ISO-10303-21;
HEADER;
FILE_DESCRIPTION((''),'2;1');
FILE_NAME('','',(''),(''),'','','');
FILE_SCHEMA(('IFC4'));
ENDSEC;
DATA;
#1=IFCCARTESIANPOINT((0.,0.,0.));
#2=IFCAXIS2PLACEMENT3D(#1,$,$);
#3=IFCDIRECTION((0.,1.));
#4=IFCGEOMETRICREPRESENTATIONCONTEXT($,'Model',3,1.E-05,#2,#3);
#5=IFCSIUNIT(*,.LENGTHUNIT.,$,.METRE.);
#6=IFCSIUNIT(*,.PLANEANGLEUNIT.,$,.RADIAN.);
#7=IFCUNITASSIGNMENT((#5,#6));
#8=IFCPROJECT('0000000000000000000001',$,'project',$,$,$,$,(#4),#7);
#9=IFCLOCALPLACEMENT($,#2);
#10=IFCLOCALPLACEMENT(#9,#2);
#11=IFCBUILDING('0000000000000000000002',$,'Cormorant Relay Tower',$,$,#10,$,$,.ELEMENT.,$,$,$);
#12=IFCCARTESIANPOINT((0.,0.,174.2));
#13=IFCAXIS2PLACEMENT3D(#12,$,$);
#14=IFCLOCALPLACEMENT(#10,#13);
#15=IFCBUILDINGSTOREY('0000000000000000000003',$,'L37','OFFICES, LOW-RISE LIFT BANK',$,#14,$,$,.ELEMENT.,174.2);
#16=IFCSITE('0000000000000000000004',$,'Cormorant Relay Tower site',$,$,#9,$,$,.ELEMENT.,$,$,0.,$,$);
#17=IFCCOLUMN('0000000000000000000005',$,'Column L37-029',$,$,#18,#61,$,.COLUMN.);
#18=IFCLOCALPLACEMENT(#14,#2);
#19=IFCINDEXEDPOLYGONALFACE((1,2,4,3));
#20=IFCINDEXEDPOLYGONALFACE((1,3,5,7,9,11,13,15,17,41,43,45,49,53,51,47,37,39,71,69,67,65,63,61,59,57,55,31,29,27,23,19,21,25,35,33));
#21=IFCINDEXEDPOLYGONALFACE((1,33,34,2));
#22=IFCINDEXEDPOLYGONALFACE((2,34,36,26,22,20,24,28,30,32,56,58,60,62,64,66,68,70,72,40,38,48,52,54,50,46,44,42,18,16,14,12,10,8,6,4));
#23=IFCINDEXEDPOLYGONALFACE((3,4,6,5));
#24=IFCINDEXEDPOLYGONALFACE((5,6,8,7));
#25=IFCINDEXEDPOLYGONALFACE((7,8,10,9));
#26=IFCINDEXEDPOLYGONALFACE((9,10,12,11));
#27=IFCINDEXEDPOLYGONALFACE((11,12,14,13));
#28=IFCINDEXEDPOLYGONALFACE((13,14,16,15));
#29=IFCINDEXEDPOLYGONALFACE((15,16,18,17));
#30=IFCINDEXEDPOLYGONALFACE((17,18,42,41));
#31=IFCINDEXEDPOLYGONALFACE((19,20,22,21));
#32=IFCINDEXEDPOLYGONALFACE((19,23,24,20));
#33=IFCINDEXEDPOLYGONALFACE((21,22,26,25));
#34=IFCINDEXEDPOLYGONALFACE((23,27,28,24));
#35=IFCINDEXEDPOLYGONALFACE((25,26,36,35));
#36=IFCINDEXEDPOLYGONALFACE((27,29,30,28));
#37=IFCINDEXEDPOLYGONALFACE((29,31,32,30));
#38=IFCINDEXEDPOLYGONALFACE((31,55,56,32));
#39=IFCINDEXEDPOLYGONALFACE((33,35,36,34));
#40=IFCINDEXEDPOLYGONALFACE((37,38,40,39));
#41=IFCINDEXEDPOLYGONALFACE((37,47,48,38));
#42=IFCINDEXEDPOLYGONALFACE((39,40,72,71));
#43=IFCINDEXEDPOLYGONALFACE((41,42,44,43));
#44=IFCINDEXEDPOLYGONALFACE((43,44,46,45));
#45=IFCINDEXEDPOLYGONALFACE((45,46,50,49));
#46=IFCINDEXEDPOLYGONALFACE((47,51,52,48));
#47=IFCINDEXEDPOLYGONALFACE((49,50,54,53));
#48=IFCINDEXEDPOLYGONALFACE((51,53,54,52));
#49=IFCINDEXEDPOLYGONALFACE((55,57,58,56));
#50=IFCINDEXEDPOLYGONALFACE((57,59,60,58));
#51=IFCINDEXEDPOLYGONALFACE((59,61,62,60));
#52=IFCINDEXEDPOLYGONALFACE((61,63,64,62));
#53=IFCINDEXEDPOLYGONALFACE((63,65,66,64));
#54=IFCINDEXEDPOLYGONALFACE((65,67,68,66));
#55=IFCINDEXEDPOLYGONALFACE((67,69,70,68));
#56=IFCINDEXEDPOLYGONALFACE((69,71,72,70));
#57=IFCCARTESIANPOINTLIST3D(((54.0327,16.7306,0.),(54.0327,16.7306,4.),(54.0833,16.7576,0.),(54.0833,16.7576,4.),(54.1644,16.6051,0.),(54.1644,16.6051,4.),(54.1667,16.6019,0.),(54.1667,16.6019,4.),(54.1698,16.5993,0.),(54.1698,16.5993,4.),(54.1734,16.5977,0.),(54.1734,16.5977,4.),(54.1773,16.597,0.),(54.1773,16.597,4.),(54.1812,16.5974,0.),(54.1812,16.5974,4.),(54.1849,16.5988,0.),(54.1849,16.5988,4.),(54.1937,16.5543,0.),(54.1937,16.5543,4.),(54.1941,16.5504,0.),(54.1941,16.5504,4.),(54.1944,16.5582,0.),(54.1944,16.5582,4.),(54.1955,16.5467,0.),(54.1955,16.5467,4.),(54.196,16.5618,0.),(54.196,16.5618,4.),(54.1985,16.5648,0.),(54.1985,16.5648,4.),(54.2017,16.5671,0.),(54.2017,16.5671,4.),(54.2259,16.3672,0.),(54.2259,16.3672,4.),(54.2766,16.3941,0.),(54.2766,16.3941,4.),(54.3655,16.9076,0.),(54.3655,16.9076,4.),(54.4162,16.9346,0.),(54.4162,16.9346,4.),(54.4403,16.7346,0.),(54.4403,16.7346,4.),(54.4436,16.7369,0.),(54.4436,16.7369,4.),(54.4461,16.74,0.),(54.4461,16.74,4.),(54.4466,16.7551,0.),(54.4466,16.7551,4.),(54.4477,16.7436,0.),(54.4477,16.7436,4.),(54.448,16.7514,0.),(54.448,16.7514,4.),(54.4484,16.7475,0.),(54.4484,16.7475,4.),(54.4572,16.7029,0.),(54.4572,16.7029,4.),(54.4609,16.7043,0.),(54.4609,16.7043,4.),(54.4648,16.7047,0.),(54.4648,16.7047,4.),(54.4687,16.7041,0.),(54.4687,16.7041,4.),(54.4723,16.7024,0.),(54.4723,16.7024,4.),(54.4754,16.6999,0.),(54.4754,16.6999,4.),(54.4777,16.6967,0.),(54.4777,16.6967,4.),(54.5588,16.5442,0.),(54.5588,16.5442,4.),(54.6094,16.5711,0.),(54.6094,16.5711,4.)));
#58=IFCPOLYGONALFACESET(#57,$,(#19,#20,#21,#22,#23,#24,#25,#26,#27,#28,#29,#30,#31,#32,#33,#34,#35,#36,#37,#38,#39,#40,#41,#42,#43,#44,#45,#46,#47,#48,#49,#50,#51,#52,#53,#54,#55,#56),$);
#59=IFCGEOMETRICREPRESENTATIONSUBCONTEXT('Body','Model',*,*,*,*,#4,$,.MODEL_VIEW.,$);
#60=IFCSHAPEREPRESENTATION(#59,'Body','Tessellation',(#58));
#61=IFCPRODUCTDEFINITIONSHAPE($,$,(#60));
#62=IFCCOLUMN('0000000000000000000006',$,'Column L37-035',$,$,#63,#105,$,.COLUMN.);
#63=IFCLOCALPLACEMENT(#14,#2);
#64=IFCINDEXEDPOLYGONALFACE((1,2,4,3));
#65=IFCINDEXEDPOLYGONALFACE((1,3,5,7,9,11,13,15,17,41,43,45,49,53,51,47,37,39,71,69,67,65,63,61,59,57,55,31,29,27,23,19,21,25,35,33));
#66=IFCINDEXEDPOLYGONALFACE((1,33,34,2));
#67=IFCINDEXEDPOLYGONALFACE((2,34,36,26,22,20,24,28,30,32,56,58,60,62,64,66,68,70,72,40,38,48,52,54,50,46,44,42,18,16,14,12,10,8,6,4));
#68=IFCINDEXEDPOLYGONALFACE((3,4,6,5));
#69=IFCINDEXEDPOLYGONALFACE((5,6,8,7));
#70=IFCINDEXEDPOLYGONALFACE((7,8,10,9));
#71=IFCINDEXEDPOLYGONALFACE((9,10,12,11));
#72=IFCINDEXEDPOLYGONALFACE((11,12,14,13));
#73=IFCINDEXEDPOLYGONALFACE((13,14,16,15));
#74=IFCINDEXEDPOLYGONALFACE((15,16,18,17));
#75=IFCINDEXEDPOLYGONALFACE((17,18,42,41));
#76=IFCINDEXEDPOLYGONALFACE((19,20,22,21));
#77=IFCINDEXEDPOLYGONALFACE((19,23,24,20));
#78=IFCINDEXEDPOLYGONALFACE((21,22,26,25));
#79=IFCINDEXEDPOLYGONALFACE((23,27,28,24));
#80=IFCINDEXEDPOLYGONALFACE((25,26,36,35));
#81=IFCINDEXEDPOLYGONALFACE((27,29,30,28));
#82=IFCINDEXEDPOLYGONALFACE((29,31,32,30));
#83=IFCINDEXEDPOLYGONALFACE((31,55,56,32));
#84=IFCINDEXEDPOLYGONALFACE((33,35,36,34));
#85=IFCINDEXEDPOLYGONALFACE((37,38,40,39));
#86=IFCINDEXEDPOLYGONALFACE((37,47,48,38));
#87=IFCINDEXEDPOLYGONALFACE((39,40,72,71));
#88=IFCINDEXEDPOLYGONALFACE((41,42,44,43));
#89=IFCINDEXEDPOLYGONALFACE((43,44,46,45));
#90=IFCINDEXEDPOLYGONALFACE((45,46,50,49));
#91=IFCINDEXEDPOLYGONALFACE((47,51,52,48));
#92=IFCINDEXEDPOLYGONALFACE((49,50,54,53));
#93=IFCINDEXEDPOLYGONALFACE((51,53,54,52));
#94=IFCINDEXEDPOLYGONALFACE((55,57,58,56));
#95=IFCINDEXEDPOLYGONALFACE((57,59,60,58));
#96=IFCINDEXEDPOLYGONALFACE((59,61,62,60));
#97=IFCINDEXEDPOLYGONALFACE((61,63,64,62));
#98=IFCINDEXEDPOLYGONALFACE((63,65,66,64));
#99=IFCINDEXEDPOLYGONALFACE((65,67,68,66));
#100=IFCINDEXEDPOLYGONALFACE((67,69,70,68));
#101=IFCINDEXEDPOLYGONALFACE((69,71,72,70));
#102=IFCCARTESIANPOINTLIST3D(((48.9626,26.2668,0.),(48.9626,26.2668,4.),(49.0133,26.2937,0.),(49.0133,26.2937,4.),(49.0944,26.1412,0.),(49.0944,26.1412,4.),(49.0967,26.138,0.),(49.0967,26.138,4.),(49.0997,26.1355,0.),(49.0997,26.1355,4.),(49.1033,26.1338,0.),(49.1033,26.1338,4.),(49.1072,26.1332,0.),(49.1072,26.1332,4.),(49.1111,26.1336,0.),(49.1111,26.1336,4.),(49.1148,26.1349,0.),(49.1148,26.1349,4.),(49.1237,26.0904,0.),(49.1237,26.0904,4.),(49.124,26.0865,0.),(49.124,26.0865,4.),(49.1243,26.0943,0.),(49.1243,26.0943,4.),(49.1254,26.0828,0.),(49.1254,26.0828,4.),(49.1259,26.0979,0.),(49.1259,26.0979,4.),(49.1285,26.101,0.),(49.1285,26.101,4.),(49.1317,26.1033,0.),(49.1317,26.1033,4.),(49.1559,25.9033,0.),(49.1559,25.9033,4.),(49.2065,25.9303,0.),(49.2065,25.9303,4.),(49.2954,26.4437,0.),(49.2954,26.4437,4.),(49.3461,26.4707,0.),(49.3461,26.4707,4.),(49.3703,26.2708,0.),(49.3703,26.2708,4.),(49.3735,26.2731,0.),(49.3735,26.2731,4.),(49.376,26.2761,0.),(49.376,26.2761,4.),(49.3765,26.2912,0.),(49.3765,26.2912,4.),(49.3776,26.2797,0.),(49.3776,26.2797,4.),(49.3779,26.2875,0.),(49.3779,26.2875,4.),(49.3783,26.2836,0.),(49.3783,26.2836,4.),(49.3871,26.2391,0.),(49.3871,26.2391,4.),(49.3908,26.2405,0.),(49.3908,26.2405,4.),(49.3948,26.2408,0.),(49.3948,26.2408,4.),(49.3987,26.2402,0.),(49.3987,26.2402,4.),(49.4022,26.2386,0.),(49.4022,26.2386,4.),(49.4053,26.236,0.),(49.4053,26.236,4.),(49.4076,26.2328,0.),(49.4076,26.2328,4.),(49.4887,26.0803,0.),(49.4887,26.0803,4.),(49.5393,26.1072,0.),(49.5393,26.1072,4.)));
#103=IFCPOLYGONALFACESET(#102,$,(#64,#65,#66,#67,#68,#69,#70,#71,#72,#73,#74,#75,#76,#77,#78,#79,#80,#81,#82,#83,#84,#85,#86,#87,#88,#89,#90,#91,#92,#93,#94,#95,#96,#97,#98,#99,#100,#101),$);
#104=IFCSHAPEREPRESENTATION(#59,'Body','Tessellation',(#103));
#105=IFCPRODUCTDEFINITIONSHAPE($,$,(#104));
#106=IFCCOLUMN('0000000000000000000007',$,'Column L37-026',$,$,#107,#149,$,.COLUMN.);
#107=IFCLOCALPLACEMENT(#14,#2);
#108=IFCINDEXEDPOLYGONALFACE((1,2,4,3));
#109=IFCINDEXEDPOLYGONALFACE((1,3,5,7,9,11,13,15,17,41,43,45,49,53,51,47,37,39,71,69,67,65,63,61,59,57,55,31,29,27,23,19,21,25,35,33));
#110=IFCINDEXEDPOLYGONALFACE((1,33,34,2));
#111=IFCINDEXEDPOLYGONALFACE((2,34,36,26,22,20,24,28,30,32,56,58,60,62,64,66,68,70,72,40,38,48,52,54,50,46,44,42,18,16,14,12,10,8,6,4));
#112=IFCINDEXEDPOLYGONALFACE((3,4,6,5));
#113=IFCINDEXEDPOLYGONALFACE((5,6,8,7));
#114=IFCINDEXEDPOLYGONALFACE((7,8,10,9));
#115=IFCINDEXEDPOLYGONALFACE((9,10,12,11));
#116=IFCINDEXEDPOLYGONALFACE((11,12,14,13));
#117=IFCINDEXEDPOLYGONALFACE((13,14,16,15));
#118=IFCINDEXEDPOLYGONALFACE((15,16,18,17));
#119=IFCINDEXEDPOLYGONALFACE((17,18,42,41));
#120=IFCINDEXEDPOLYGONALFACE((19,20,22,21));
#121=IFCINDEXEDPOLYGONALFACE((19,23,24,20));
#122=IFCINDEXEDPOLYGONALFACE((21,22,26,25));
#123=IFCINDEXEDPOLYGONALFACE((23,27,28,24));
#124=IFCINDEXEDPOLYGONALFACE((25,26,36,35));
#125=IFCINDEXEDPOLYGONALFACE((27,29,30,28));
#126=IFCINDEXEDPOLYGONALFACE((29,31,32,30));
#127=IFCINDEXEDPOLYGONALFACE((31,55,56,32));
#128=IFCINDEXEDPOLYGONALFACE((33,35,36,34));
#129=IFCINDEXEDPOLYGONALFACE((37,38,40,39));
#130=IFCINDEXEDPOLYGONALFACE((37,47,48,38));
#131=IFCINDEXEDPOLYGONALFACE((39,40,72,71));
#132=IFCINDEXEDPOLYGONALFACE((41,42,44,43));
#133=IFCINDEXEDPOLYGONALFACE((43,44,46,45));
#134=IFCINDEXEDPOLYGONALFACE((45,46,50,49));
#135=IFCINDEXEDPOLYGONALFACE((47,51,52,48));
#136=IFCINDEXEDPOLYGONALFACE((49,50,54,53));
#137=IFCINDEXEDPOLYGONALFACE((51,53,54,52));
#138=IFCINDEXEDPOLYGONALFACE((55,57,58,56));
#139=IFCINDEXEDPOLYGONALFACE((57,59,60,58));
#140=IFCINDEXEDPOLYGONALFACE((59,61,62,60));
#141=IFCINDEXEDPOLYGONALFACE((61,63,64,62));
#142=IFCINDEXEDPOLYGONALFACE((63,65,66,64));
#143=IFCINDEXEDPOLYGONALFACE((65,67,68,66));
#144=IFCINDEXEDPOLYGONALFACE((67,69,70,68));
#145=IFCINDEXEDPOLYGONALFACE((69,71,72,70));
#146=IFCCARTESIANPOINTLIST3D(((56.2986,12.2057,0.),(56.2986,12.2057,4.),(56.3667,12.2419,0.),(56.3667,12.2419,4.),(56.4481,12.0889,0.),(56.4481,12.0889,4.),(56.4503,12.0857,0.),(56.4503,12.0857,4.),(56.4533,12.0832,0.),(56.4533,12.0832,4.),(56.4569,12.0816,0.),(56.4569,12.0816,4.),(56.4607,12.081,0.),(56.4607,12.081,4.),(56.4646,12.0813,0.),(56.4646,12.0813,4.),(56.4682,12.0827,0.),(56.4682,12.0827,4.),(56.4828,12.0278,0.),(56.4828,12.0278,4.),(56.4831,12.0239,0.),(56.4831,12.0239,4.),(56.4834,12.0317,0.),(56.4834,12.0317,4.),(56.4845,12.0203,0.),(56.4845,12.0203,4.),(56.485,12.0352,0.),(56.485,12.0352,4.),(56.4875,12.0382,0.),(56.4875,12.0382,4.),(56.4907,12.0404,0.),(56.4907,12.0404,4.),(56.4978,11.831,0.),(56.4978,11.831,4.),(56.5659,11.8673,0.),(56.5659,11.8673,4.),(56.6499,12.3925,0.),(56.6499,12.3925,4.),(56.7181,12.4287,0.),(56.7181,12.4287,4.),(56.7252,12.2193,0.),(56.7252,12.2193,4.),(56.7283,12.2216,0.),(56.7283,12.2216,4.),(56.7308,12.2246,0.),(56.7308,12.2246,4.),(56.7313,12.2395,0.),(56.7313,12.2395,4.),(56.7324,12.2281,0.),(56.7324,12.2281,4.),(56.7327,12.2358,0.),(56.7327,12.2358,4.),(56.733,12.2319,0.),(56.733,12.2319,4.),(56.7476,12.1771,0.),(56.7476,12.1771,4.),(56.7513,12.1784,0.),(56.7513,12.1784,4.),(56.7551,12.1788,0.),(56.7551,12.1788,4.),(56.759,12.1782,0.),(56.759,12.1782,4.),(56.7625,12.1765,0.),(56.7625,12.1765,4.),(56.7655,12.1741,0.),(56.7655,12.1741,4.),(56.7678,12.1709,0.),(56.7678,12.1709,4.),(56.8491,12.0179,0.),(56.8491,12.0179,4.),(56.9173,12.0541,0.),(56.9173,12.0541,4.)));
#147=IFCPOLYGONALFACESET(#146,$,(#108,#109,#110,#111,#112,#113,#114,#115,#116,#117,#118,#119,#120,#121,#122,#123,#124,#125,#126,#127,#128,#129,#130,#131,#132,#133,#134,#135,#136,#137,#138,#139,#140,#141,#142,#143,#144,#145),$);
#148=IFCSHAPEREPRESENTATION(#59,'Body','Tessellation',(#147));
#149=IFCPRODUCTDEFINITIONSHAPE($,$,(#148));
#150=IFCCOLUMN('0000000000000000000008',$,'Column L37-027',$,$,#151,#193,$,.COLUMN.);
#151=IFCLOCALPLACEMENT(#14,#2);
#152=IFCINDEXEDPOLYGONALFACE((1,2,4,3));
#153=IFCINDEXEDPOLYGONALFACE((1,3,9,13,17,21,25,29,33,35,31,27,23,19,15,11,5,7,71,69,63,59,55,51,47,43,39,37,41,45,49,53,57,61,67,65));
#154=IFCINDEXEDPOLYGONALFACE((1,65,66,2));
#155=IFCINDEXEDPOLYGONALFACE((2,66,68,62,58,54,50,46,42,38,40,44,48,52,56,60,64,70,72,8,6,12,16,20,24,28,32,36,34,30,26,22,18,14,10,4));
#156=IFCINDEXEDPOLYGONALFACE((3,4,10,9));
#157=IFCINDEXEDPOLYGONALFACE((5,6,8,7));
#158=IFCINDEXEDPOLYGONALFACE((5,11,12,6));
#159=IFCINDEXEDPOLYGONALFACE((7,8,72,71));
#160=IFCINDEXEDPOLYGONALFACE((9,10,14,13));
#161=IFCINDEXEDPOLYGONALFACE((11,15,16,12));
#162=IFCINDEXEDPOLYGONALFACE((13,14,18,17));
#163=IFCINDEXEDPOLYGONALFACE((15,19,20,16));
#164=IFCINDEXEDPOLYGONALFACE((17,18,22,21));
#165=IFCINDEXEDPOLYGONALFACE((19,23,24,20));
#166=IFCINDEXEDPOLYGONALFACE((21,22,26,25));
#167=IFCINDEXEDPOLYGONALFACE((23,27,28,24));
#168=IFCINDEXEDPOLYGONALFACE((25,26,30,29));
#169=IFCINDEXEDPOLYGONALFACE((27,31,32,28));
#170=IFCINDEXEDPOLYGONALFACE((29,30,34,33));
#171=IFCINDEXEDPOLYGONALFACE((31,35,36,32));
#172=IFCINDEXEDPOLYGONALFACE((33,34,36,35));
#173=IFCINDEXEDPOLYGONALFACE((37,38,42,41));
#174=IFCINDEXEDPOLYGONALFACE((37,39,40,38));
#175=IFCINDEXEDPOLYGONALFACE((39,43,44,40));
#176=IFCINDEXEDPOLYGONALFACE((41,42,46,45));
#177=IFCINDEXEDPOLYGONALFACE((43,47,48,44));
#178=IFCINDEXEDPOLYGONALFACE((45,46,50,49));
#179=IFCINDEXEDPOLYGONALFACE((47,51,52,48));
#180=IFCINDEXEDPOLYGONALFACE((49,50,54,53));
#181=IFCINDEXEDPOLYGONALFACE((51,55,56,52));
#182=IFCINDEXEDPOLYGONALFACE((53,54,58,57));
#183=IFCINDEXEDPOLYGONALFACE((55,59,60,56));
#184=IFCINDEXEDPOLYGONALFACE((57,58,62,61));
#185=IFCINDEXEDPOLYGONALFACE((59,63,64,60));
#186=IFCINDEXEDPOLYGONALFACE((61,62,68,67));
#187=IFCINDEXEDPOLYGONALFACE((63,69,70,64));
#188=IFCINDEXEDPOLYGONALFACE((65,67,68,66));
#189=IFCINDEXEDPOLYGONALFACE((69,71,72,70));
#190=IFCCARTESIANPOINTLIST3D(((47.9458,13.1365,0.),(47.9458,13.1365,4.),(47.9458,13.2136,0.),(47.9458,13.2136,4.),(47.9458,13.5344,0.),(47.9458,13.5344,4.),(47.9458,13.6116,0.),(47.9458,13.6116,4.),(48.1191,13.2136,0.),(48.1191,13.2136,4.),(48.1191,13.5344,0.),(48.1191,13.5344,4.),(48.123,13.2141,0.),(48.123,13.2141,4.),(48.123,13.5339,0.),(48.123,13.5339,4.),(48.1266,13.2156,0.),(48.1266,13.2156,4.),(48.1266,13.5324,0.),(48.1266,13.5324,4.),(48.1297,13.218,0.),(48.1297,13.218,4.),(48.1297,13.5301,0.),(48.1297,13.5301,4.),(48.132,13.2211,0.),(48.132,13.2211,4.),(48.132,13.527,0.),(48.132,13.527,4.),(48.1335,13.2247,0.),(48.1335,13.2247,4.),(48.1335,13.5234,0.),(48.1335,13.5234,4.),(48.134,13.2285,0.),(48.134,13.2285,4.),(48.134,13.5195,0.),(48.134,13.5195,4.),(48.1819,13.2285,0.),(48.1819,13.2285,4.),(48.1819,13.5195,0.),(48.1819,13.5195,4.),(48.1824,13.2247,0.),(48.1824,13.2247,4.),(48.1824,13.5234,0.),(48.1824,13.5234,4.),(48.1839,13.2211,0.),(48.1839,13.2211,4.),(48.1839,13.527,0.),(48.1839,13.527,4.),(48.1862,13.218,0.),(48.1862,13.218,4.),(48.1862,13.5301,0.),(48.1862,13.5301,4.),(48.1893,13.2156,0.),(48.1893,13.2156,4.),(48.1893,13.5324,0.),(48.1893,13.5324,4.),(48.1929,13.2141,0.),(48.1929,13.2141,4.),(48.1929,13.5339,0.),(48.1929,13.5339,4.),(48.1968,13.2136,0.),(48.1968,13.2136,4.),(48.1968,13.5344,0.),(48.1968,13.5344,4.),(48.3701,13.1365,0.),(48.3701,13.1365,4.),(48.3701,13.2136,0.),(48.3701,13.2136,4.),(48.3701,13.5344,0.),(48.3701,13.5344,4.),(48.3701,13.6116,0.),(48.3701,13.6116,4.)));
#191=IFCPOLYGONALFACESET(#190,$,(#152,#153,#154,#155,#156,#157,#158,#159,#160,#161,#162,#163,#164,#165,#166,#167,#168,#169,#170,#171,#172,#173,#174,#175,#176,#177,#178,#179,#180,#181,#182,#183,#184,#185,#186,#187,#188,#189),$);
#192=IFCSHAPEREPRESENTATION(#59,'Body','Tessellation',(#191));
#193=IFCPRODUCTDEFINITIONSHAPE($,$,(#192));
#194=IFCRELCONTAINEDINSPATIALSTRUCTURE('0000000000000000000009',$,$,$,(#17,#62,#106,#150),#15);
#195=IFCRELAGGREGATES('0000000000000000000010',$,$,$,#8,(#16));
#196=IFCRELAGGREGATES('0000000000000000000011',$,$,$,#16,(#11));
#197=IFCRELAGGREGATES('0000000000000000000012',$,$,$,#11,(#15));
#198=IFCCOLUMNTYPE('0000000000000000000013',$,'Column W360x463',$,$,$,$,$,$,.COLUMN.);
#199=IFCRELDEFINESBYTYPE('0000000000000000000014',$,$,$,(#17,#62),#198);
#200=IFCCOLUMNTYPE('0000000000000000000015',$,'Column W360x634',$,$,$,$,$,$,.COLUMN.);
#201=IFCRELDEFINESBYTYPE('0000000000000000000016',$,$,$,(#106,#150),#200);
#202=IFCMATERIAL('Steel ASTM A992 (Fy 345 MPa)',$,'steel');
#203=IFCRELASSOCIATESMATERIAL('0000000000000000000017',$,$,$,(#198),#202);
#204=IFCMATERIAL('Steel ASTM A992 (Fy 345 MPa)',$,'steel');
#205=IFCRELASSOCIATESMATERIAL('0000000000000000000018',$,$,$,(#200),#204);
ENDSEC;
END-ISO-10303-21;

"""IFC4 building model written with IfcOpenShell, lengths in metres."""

from ifc_helpers import new_model, si_unit, direction, frame, origin, origin_2d, place, context, subcontext, project, spatial, i_section, extrude, material, material_profile, profile_set, type_object, element, save


model = new_model("IFC4")

# Units and contexts
model_context = context("Model", 3, precision=1e-05, world=origin(), true_north=direction((0.0, 1.0)))
body_context = subcontext(model_context, "Body", "Model", "MODEL_VIEW")
ifc_project = project(units=[si_unit("LENGTHUNIT", "METRE"), si_unit("PLANEANGLEUNIT", "RADIAN")], contexts=[model_context])

# Site, building, storey
site_placement = place(None, origin())
site = spatial("IfcSite", under=ifc_project, at=site_placement, Name="Cormorant Relay Tower site", CompositionType="ELEMENT", RefElevation=0.0)
building_placement = place(site_placement, origin())
building = spatial("IfcBuilding", under=site, at=building_placement, Name="Cormorant Relay Tower", CompositionType="ELEMENT")
storey_placement = place(building_placement, frame((0.0, 0.0, 174.2)))
storey = spatial("IfcBuildingStorey", under=building, at=storey_placement, Name="L37", Description="OFFICES, LOW-RISE LIFT BANK", CompositionType="ELEMENT", Elevation=174.2)

# Columns
ifc_material_1 = material(Name="Steel ASTM A992 (Fy 345 MPa)", Category="steel")
ifc_material_profile_1 = material_profile(ifc_material_1, i_section(OverallWidth=0.4116, OverallDepth=0.4343, WebThickness=0.0359, FlangeThickness=0.0574, FilletRadius=0.0151, at=origin_2d()), Name="W360x463")
ifc_profile_set_1 = profile_set([ifc_material_profile_1], Name="Steel ASTM A992 (Fy 345 MPa)")
column_type_1 = type_object("IfcColumnType", Name="Column W360x463", PredefinedType="COLUMN", material=ifc_profile_set_1)
for number, where, z_axis, x_axis, name in (
    (1, (54.321, 16.6509, 0.0), (0.0, 0.0, 1.0), (-0.469472, 0.882948, 0.0), "Column L37-029"),
    (2, (49.251, 26.187, 0.0), (0.0, 0.0, 1.0), (-0.469472, 0.882948, 0.0), "Column L37-035"),
):
    element("IfcColumn", number, at=place(storey_placement, frame(where, z_axis=z_axis, x_axis=x_axis)), inside=storey, type_object=column_type_1, Name=name, PredefinedType="COLUMN", context=body_context, shape_type="SweptSolid", body=[
        extrude(i_section(OverallWidth=0.4116, OverallDepth=0.4343, WebThickness=0.0359, FlangeThickness=0.0574, FilletRadius=0.0151, at=origin_2d()), origin(), (0.0, 0.0, 1.0), 4.0),
    ])
ifc_material_2 = material(Name="Steel ASTM A992 (Fy 345 MPa)", Category="steel")
ifc_material_profile_2 = material_profile(ifc_material_2, i_section(OverallWidth=0.4243, OverallDepth=0.4751, WebThickness=0.0479, FlangeThickness=0.0771, FilletRadius=0.0149, at=origin_2d()), Name="W360x634")
ifc_profile_set_2 = profile_set([ifc_material_profile_2], Name="Steel ASTM A992 (Fy 345 MPa)")
column_type_2 = type_object("IfcColumnType", Name="Column W360x634", PredefinedType="COLUMN", material=ifc_profile_set_2)
for number, where, z_axis, x_axis, name in (
    (3, (56.6079, 12.1299, 0.0), (0.0, 0.0, 1.0), (-0.469472, 0.882948, 0.0), "Column L37-026"),
    (4, (48.158, 13.374, 0.0), (0.0, 0.0, 1.0), (1.0, 0.0, 0.0), "Column L37-027"),
):
    element("IfcColumn", number, at=place(storey_placement, frame(where, z_axis=z_axis, x_axis=x_axis)), inside=storey, type_object=column_type_2, Name=name, PredefinedType="COLUMN", context=body_context, shape_type="SweptSolid", body=[
        extrude(i_section(OverallWidth=0.4243, OverallDepth=0.4751, WebThickness=0.0479, FlangeThickness=0.0771, FilletRadius=0.0149, at=origin_2d()), origin(), (0.0, 0.0, 1.0), 4.0),
    ])

save(model, "model.ifc")
